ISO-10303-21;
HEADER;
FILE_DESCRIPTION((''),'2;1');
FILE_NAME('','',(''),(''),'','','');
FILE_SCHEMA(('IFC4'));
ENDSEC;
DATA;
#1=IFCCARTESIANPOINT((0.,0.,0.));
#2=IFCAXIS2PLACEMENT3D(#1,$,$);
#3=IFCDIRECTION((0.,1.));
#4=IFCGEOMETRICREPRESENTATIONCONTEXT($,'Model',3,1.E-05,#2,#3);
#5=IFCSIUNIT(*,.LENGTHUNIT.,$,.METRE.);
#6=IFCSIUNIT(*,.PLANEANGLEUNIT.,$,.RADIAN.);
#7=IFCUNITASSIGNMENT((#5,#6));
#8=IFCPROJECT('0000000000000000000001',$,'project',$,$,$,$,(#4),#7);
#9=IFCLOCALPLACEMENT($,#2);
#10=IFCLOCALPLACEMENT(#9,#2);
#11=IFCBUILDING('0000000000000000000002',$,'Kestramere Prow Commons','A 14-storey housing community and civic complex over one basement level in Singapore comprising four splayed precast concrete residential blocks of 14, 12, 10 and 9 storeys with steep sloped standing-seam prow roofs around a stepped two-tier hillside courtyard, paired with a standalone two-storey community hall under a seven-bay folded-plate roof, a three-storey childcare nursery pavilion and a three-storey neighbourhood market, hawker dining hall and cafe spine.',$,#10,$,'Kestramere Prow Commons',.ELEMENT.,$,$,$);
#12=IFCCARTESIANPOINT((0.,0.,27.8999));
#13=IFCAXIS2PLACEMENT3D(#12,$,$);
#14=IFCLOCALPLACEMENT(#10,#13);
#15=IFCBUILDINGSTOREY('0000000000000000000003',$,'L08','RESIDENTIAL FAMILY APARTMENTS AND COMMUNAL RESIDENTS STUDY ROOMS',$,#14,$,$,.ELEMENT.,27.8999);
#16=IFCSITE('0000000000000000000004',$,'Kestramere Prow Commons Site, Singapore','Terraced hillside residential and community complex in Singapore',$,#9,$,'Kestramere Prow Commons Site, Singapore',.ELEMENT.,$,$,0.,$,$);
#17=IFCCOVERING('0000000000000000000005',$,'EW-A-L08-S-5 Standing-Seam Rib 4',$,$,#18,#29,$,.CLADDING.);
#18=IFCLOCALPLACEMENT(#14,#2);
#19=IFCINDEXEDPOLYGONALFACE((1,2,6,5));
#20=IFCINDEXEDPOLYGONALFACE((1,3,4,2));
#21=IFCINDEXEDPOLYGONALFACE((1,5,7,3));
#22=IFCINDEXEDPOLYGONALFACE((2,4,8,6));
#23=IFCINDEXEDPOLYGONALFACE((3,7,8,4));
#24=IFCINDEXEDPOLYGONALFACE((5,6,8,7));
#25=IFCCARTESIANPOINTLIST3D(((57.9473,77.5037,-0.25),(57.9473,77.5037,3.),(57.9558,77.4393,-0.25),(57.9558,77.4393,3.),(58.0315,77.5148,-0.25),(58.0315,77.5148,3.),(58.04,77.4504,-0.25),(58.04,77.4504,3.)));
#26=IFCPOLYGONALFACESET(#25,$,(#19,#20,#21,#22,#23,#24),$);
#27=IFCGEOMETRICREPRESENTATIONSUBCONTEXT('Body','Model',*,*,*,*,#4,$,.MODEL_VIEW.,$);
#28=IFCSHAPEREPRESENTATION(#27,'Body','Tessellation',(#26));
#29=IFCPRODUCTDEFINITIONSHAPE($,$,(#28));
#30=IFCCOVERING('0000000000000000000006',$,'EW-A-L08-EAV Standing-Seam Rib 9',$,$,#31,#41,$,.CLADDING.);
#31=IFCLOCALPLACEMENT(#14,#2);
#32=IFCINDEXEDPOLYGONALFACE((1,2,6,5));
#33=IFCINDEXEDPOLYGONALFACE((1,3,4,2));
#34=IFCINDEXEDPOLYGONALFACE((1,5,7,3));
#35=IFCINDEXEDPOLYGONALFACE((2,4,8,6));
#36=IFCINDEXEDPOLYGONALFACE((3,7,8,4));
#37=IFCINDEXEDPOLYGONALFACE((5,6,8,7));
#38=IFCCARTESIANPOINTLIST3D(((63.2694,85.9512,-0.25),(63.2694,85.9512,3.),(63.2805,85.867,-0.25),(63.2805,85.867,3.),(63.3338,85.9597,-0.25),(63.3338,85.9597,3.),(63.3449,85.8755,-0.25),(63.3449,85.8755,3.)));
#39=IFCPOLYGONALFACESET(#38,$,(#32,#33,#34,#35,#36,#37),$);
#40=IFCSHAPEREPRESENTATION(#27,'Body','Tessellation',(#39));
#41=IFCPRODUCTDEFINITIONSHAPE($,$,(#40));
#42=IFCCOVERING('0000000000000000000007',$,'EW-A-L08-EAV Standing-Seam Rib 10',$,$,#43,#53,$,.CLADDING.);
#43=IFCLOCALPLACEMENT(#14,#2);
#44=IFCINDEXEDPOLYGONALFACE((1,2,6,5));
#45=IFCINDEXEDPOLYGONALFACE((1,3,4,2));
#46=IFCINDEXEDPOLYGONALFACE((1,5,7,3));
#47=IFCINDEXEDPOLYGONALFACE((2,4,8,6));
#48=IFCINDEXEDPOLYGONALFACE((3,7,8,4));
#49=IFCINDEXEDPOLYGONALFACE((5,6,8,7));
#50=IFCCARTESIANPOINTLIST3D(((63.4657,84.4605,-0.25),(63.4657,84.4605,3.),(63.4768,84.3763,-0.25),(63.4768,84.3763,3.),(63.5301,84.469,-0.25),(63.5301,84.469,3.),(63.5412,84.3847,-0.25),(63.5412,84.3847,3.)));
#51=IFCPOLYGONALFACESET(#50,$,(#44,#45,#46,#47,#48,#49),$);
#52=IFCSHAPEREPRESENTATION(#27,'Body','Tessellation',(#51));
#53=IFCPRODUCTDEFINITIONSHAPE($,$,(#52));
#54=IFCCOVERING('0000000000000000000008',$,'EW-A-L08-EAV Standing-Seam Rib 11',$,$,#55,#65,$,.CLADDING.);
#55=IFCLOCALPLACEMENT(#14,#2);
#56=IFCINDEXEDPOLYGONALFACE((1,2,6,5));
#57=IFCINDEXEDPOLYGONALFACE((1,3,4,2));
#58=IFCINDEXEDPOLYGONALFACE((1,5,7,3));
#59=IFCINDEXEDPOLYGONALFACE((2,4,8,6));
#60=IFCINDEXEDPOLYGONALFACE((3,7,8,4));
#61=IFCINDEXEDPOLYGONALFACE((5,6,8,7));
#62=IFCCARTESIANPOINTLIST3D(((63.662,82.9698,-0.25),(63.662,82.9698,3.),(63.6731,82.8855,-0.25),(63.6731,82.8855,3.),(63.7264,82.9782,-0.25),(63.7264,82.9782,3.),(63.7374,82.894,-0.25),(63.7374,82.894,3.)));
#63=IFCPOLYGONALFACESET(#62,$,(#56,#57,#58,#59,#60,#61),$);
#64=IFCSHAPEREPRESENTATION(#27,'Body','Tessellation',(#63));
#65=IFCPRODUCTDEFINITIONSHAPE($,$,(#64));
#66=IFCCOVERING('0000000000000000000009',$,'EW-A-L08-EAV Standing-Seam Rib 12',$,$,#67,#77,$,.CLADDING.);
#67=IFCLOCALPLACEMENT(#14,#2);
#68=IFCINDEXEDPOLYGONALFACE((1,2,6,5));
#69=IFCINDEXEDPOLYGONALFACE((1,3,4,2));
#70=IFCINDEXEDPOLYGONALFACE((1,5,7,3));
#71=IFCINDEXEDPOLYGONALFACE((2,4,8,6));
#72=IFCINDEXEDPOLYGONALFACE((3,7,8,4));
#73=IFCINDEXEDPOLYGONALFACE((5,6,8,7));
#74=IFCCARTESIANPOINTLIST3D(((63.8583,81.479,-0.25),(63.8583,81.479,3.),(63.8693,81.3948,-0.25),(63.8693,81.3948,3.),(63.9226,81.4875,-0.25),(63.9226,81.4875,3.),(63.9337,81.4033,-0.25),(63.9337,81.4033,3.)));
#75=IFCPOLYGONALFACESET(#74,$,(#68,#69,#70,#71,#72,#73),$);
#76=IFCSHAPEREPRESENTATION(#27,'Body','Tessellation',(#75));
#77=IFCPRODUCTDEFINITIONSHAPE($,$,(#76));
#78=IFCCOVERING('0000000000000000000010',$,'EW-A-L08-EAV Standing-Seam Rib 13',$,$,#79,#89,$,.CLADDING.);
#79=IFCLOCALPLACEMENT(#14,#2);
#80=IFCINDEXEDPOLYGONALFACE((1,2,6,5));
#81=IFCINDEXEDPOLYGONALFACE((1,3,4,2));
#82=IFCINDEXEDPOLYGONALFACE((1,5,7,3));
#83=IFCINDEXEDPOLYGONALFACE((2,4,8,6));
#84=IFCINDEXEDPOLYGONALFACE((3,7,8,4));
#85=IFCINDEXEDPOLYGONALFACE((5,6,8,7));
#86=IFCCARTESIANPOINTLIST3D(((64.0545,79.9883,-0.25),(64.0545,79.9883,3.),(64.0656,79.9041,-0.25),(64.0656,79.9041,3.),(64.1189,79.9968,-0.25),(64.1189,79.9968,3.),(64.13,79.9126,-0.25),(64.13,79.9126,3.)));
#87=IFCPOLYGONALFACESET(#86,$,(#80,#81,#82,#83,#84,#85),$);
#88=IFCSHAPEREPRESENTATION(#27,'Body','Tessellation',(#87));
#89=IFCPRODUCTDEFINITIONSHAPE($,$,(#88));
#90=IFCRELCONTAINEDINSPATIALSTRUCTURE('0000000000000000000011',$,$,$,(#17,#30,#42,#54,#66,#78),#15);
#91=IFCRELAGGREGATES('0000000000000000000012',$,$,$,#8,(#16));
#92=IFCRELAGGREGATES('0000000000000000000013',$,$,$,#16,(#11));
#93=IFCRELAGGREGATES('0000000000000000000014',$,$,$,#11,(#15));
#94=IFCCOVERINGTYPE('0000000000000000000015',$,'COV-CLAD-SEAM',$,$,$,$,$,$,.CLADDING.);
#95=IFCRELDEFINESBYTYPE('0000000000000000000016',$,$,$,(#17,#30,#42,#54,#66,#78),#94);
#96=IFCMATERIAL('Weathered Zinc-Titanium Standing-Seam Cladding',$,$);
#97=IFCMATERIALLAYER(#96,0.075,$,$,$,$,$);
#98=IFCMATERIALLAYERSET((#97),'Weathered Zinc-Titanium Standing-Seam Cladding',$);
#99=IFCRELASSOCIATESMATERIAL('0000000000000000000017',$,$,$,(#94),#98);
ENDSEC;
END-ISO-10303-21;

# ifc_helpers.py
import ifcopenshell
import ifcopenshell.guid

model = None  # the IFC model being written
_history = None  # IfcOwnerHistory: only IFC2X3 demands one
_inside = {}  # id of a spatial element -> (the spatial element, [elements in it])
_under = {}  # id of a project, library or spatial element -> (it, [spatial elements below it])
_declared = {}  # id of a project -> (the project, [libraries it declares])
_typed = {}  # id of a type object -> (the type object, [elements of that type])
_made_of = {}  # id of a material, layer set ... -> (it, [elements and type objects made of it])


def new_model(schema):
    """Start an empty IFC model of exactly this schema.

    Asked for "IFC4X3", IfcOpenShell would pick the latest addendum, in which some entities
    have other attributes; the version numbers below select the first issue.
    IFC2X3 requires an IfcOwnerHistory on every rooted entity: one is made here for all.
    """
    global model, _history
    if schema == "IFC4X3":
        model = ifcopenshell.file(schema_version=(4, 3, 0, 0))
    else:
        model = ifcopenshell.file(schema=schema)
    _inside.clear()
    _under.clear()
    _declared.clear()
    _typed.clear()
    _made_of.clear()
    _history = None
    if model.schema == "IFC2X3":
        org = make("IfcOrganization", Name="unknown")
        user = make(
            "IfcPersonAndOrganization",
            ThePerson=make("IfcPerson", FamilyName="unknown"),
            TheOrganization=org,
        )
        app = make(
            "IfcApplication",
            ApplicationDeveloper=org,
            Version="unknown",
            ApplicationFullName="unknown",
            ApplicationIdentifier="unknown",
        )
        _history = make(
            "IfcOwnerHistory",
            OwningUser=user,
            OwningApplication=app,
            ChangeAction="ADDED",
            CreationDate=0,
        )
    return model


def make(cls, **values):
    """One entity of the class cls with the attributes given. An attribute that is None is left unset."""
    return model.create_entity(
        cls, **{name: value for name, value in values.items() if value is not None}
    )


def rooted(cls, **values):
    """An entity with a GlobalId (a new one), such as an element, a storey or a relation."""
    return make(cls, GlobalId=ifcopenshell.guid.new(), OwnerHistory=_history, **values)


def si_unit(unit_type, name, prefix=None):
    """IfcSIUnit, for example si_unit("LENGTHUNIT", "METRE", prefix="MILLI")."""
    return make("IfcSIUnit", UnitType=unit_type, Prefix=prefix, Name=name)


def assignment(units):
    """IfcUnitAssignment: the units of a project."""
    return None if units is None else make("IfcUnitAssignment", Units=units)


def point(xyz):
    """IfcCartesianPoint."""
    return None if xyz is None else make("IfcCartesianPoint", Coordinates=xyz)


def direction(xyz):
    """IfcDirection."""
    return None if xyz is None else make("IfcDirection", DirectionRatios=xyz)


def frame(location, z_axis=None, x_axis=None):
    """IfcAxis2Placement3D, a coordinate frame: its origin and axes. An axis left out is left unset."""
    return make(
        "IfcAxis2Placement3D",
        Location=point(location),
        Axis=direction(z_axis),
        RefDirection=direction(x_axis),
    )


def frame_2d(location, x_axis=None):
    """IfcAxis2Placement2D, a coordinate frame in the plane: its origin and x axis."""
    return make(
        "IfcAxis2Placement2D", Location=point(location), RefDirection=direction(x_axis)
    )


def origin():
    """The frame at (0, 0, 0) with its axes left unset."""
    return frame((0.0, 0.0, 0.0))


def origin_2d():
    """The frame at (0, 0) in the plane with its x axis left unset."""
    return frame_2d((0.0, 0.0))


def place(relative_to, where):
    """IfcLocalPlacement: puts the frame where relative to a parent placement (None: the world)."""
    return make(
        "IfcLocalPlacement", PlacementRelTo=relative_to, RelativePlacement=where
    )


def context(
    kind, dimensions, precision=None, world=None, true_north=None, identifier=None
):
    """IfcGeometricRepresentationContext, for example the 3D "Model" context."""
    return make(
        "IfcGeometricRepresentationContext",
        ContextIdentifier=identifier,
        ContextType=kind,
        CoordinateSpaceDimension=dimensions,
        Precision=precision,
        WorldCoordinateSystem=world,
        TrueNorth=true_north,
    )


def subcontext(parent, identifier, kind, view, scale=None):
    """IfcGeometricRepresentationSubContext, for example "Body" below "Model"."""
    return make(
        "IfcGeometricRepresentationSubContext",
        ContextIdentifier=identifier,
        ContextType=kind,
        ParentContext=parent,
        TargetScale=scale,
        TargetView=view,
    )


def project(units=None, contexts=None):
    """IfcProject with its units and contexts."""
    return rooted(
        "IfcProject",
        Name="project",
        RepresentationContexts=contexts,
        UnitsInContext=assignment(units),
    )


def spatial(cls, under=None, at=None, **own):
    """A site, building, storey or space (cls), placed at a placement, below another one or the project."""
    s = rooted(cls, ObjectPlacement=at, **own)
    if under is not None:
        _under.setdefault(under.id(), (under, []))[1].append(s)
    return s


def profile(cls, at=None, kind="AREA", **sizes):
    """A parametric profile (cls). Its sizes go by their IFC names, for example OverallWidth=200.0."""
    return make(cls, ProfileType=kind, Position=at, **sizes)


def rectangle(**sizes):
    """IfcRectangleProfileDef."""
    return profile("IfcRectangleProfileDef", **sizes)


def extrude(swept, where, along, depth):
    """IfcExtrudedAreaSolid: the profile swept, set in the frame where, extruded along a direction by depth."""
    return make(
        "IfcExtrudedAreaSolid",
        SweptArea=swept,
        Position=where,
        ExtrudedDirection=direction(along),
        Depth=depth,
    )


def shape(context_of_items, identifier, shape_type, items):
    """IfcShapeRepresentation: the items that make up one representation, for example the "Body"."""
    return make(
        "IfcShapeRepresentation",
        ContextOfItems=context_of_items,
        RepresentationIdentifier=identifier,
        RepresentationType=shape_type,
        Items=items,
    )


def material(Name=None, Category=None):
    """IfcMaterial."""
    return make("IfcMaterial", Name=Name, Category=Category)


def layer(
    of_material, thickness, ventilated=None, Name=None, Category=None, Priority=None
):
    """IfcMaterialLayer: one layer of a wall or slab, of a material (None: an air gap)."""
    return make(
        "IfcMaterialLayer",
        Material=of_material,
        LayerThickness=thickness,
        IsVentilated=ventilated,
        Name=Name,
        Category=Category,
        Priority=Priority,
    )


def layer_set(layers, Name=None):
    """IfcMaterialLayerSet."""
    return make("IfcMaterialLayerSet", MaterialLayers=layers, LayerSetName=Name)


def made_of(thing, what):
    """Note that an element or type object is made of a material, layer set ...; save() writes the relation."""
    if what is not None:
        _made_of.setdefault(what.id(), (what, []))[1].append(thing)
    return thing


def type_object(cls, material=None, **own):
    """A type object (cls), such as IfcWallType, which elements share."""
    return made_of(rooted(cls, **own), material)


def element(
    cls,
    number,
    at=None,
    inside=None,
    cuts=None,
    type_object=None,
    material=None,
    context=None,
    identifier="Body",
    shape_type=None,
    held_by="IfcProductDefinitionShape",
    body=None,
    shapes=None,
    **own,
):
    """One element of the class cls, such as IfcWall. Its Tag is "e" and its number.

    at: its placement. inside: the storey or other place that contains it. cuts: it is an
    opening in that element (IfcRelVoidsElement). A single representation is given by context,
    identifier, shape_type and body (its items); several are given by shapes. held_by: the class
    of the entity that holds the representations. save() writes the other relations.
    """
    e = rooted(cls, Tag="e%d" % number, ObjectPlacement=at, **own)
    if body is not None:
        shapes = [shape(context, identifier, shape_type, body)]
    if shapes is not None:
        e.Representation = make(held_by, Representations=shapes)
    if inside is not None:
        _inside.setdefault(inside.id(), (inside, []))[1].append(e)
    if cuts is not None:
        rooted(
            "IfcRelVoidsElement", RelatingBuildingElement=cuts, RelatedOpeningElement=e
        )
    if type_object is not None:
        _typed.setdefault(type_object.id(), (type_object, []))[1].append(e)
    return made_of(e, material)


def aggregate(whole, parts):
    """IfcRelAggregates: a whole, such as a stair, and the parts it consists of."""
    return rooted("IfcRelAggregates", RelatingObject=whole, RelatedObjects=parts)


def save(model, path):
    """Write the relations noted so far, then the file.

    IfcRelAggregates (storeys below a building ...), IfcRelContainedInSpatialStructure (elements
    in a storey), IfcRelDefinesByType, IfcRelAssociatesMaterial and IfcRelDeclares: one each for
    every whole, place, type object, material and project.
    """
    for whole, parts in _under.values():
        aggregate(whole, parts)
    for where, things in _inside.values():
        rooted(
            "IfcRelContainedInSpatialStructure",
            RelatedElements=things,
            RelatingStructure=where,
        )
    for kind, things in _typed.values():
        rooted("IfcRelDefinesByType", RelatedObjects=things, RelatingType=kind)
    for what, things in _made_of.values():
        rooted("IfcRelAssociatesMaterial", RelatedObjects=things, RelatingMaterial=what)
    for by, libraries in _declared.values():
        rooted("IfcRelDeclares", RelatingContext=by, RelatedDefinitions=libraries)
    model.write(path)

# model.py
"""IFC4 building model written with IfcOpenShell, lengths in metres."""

from ifc_helpers import new_model, si_unit, direction, frame, origin, origin_2d, place, context, subcontext, project, spatial, rectangle, extrude, material, layer, layer_set, type_object, element, save


model = new_model("IFC4")

# Units and contexts
model_context = context("Model", 3, precision=1e-05, world=origin(), true_north=direction((0.0, 1.0)))
body_context = subcontext(model_context, "Body", "Model", "MODEL_VIEW")
ifc_project = project(units=[si_unit("LENGTHUNIT", "METRE"), si_unit("PLANEANGLEUNIT", "RADIAN")], contexts=[model_context])

# Site, building, storey
site_placement = place(None, origin())
site = spatial("IfcSite", under=ifc_project, at=site_placement, Name="Kestramere Prow Commons Site, Singapore", Description="Terraced hillside residential and community complex in Singapore", LongName="Kestramere Prow Commons Site, Singapore", CompositionType="ELEMENT", RefElevation=0.0)
building_placement = place(site_placement, origin())
building = spatial("IfcBuilding", under=site, at=building_placement, Name="Kestramere Prow Commons", Description="A 14-storey housing community and civic complex over one basement level in Singapore comprising four splayed precast concrete residential blocks of 14, 12, 10 and 9 storeys with steep sloped standing-seam prow roofs around a stepped two-tier hillside courtyard, paired with a standalone two-storey community hall under a seven-bay folded-plate roof, a three-storey childcare nursery pavilion and a three-storey neighbourhood market, hawker dining hall and cafe spine.", LongName="Kestramere Prow Commons", CompositionType="ELEMENT")
storey_placement = place(building_placement, frame((0.0, 0.0, 27.8999)))
storey = spatial("IfcBuildingStorey", under=building, at=storey_placement, Name="L08", Description="RESIDENTIAL FAMILY APARTMENTS AND COMMUNAL RESIDENTS STUDY ROOMS", CompositionType="ELEMENT", Elevation=27.8999)

# Coverings
ifc_material_1 = material(Name="Weathered Zinc-Titanium Standing-Seam Cladding")
ifc_layer_1 = layer(ifc_material_1, 0.075)
ifc_layer_set_1 = layer_set([ifc_layer_1], Name="Weathered Zinc-Titanium Standing-Seam Cladding")
covering_type = type_object("IfcCoveringType", Name="COV-CLAD-SEAM", PredefinedType="CLADDING", material=ifc_layer_set_1)
for number, where, z_axis, x_axis, name in (
    (1, (57.9937, 77.4771, -0.25), (0.0, 0.0, 1.0), (-0.991445, -0.130526, 0.0), "EW-A-L08-S-5 Standing-Seam Rib 4"),
    (2, (63.3071, 85.9133, -0.25), (0.0, 0.0, 1.0), (0.130526, -0.991445, 0.0), "EW-A-L08-EAV Standing-Seam Rib 9"),
    (3, (63.5034, 84.4226, -0.25), (0.0, 0.0, 1.0), (0.130526, -0.991445, 0.0), "EW-A-L08-EAV Standing-Seam Rib 10"),
    (4, (63.6997, 82.9319, -0.25), (0.0, 0.0, 1.0), (0.130526, -0.991445, 0.0), "EW-A-L08-EAV Standing-Seam Rib 11"),
    (5, (63.896, 81.4412, -0.25), (0.0, 0.0, 1.0), (0.130526, -0.991445, 0.0), "EW-A-L08-EAV Standing-Seam Rib 12"),
    (6, (64.0923, 79.9504, -0.25), (0.0, 0.0, 1.0), (0.130526, -0.991445, 0.0), "EW-A-L08-EAV Standing-Seam Rib 13"),
):
    element("IfcCovering", number, at=place(storey_placement, frame(where, z_axis=z_axis, x_axis=x_axis)), inside=storey, type_object=covering_type, Name=name, PredefinedType="CLADDING", context=body_context, shape_type="SweptSolid", body=[
        extrude(rectangle(XDim=0.085, YDim=0.0649, at=origin_2d()), origin(), (0.0, 0.0, 1.0), 3.25),
    ])

save(model, "model.ifc")
